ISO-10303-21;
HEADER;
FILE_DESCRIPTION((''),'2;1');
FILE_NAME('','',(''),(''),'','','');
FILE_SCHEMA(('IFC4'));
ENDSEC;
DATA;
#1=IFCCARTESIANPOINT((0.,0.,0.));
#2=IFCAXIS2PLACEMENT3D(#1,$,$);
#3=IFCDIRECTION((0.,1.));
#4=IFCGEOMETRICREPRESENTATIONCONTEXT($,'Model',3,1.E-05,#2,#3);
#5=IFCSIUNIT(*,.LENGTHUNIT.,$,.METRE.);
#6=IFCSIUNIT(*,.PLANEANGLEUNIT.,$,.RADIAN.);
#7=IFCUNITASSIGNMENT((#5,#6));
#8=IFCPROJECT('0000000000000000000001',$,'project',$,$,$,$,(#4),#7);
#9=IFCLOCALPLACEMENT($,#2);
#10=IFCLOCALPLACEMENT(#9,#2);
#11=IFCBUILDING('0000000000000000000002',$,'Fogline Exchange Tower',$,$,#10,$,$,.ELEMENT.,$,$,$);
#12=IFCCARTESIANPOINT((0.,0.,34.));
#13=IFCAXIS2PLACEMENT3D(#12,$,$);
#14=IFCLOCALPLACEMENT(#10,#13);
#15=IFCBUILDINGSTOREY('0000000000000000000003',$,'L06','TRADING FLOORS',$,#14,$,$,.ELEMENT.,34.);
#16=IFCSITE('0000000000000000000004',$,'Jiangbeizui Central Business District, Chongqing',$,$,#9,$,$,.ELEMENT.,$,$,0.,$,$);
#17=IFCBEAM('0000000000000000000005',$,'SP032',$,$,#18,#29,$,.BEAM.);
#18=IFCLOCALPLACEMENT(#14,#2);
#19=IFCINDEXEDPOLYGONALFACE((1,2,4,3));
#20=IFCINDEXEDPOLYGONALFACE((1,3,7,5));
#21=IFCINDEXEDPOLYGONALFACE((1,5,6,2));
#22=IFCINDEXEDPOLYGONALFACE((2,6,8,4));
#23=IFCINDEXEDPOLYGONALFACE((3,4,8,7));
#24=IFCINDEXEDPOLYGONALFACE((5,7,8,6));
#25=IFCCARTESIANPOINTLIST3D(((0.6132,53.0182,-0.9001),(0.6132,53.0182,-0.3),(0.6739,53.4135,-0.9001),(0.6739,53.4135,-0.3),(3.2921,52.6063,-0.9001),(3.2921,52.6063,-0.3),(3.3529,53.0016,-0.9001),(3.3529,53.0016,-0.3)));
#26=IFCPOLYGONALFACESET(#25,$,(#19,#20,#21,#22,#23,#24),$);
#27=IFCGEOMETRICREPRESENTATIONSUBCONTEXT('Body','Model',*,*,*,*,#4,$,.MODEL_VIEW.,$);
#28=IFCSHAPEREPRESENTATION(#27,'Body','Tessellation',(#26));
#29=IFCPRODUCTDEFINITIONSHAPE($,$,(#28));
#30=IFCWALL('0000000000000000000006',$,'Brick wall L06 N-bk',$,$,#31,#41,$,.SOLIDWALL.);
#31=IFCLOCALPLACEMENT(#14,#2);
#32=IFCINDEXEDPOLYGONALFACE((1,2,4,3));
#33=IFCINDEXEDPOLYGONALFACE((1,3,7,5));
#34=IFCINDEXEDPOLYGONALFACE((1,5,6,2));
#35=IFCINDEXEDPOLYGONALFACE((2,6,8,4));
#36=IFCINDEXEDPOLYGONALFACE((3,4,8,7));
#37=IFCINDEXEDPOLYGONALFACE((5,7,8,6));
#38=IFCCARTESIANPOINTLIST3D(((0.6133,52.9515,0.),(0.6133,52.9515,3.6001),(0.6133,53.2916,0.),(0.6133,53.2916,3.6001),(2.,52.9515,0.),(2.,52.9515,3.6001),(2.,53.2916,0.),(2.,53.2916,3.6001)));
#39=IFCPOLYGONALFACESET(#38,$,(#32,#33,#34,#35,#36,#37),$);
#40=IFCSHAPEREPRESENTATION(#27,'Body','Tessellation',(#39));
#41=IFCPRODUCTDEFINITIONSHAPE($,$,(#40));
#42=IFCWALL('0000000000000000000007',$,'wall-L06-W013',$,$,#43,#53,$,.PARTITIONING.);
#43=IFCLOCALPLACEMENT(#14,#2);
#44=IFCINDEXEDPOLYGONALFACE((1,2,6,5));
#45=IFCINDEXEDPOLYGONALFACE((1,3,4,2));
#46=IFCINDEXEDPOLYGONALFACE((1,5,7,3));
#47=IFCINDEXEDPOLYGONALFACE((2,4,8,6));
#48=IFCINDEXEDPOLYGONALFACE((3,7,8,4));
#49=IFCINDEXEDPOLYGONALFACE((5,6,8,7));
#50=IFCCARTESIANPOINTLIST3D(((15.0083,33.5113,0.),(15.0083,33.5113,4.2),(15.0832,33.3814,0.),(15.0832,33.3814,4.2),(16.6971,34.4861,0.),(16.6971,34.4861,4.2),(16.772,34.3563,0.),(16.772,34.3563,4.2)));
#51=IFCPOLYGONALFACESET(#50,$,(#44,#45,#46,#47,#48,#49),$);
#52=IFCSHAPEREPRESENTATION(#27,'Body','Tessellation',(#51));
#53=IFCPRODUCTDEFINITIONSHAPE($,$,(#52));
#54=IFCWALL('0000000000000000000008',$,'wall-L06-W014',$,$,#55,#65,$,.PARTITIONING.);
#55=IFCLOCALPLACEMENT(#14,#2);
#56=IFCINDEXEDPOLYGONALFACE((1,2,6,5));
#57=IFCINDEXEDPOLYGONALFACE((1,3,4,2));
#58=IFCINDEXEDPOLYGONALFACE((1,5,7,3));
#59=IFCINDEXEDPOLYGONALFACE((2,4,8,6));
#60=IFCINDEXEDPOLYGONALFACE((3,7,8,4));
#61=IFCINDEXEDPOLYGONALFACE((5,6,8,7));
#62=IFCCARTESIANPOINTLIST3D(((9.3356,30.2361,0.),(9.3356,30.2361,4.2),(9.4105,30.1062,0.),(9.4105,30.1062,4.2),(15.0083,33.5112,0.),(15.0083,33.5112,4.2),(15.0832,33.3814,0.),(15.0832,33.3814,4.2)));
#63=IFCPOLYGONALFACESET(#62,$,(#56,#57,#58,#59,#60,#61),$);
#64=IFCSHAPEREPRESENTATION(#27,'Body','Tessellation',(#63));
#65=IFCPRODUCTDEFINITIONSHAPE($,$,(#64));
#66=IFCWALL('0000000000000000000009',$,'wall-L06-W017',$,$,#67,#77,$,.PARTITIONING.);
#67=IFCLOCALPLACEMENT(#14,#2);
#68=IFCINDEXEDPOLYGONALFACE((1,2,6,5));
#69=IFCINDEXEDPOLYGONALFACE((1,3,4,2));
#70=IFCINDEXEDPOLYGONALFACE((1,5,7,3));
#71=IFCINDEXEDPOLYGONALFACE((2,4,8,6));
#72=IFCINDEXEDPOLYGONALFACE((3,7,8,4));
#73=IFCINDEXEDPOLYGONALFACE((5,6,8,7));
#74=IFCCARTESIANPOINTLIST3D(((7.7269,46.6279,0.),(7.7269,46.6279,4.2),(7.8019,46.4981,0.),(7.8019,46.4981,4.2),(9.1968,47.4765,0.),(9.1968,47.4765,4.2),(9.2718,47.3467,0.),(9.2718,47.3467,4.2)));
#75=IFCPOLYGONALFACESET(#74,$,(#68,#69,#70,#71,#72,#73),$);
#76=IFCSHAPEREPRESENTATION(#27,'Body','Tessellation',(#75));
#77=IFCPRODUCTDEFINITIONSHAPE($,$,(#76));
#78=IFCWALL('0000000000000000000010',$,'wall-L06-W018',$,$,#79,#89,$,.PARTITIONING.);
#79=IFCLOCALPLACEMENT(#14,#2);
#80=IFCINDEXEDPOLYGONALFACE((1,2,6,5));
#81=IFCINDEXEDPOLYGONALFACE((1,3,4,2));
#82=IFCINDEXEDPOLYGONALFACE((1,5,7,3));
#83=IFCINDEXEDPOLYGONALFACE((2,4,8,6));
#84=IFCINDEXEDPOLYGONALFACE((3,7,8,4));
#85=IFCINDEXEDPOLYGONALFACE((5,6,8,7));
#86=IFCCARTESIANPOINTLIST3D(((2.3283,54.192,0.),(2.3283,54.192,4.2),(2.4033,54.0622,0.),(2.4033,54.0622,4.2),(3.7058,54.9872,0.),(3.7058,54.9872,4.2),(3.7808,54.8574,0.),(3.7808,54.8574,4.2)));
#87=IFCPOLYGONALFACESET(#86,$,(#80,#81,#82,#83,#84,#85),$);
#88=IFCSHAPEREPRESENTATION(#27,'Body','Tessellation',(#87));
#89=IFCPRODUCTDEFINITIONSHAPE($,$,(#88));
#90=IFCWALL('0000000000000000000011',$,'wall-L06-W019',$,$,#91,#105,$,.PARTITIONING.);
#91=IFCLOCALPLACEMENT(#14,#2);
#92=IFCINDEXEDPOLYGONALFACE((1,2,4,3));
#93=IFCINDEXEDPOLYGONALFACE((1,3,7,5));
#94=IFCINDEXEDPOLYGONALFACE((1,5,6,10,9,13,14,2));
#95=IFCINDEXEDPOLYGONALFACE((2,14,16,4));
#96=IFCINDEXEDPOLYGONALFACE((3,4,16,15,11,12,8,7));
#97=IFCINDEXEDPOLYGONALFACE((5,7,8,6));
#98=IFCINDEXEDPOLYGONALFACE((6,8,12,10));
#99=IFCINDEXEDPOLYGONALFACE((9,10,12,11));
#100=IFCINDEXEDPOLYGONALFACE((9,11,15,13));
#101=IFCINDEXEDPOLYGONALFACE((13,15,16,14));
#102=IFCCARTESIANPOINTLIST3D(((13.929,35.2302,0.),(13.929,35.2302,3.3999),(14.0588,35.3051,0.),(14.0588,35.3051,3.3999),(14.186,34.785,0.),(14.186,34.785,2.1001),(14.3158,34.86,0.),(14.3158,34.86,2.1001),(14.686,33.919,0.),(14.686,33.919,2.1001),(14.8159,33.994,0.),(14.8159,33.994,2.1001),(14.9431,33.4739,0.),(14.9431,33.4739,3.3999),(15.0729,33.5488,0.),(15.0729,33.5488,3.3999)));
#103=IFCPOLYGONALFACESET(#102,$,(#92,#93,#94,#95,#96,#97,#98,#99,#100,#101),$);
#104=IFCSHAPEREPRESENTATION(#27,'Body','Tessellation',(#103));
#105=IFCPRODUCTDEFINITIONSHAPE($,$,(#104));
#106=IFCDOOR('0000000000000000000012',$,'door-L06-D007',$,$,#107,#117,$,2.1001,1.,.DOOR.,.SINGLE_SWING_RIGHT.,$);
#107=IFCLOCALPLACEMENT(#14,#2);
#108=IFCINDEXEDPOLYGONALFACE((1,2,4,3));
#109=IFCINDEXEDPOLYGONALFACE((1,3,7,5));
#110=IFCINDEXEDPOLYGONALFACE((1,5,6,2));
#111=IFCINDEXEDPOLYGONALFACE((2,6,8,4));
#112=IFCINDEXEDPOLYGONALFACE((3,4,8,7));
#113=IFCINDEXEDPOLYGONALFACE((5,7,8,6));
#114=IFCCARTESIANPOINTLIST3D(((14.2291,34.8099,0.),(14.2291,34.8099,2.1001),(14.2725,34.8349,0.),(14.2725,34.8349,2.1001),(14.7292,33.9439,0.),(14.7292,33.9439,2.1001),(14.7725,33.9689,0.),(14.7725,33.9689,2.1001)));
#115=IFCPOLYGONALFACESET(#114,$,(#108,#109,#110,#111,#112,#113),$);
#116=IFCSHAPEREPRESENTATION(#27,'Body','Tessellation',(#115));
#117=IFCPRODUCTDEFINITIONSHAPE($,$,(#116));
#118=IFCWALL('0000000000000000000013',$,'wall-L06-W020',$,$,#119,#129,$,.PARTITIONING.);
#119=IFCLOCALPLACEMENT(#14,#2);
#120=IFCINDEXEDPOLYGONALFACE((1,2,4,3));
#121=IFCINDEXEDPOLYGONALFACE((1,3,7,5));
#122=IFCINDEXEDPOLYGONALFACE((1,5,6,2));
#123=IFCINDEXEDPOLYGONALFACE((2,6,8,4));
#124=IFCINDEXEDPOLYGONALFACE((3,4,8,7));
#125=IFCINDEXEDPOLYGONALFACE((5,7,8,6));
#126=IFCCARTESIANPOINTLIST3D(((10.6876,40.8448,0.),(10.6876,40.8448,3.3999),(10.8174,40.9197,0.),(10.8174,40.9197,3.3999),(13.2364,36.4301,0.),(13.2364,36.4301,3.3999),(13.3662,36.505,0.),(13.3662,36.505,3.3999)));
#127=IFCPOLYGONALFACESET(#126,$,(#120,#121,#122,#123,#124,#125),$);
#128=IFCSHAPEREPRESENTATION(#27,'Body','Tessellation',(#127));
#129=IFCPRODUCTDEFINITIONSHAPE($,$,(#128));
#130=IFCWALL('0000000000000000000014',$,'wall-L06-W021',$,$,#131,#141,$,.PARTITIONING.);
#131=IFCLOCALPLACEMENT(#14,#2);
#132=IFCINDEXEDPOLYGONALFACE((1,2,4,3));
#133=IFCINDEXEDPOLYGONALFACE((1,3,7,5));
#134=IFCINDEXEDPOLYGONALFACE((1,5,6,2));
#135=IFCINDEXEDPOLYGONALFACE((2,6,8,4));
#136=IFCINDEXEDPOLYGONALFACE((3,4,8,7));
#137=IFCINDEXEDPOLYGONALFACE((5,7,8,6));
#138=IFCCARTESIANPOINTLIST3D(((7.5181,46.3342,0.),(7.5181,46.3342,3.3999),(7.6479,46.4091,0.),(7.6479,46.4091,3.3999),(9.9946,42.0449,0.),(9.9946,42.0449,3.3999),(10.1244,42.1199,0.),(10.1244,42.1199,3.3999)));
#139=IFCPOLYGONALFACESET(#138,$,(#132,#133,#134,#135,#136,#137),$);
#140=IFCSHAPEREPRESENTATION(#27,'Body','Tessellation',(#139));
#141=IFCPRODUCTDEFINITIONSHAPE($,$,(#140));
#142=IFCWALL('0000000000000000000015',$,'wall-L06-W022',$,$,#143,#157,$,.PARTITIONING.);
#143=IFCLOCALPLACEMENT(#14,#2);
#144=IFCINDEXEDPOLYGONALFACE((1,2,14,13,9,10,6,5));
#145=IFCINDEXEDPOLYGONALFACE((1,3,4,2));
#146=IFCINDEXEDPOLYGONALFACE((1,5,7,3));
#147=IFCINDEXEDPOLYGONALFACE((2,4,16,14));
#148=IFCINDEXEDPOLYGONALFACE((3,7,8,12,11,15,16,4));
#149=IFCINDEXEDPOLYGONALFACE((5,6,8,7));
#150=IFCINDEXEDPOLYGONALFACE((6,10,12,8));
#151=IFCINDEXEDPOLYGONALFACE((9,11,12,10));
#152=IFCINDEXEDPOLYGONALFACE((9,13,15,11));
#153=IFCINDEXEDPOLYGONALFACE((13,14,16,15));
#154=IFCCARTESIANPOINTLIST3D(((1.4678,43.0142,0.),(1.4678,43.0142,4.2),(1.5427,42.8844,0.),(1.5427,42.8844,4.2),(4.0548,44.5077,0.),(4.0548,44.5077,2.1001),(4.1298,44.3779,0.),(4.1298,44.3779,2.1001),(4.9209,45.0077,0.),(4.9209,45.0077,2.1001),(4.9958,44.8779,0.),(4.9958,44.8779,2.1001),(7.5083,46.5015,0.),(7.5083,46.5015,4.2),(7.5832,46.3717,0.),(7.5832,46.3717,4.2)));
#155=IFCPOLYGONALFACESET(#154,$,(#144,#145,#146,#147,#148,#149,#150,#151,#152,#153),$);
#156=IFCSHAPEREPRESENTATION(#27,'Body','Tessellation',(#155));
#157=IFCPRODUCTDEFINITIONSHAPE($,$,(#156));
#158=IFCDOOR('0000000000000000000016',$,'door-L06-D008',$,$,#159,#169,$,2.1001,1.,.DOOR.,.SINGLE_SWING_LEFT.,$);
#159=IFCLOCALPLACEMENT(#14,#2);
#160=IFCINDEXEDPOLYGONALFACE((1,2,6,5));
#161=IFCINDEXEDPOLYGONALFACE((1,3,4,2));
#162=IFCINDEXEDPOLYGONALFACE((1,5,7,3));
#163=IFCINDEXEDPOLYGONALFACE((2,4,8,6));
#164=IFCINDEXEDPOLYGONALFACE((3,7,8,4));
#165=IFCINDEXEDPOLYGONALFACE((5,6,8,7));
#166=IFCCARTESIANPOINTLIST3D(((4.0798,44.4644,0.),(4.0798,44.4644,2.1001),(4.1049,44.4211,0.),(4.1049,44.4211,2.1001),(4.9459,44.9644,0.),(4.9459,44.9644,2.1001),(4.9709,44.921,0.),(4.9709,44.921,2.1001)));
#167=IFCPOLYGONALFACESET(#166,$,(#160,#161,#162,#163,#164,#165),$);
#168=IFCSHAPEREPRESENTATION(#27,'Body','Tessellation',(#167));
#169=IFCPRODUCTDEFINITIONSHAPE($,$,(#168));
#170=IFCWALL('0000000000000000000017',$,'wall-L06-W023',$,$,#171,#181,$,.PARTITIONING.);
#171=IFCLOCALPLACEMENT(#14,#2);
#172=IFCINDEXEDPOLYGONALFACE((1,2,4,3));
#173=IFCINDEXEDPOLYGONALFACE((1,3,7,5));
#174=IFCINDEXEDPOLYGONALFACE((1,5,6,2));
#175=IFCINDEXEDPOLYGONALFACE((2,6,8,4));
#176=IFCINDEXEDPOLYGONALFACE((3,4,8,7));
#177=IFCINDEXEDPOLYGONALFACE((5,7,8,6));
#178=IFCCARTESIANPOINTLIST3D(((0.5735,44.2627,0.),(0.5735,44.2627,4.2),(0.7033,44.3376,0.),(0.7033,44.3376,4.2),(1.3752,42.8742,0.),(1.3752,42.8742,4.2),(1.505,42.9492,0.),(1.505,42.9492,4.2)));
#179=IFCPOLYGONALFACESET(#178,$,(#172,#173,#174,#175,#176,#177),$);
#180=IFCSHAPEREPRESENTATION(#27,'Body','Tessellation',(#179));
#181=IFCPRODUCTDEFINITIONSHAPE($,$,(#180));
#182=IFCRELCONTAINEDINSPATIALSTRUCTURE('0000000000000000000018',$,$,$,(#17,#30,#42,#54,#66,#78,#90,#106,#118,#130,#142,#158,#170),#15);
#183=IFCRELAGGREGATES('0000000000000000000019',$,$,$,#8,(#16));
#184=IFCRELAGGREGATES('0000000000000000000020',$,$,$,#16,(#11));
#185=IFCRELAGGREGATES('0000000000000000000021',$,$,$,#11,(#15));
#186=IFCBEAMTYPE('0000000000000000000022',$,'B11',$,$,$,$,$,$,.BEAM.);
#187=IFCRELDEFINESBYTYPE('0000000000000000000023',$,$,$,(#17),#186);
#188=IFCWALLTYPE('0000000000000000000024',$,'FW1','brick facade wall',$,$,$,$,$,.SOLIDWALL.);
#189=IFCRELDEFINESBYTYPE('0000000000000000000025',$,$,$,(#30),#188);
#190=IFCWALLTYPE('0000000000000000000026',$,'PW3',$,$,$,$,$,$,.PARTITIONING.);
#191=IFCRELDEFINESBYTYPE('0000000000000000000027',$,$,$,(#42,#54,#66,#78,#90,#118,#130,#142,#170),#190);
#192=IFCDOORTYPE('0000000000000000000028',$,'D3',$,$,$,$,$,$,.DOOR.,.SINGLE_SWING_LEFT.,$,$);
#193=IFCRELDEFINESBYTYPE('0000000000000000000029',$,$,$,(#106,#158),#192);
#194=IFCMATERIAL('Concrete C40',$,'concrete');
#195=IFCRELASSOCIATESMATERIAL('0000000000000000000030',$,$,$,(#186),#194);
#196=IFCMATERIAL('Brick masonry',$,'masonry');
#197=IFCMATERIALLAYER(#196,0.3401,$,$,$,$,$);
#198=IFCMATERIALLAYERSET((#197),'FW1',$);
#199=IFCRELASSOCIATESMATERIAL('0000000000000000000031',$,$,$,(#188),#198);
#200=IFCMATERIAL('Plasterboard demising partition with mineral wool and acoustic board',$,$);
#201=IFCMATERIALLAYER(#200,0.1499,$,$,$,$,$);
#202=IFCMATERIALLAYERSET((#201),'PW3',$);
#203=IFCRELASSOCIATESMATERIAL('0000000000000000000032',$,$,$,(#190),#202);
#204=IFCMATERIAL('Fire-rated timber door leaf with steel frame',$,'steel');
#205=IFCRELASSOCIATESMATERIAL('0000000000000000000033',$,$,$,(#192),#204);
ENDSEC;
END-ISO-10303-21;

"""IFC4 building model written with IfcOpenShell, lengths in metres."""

from ifc_helpers import new_model, si_unit, direction, frame, frame_2d, origin, origin_2d, place, context, subcontext, project, spatial, rectangle, extrude, material, layer, layer_set, material_profile, profile_set, type_object, element, fill, save


model = new_model("IFC4")

# Units and contexts
model_context = context("Model", 3, precision=1e-05, world=origin(), true_north=direction((0.0, 1.0)))
body_context = subcontext(model_context, "Body", "Model", "MODEL_VIEW")
ifc_project = project(units=[si_unit("LENGTHUNIT", "METRE"), si_unit("PLANEANGLEUNIT", "RADIAN")], contexts=[model_context])

# Site, building, storey
site_placement = place(None, origin())
site = spatial("IfcSite", under=ifc_project, at=site_placement, Name="Jiangbeizui Central Business District, Chongqing", CompositionType="ELEMENT", RefElevation=0.0)
building_placement = place(site_placement, origin())
building = spatial("IfcBuilding", under=site, at=building_placement, Name="Fogline Exchange Tower", CompositionType="ELEMENT")
storey_placement = place(building_placement, frame((0.0, 0.0, 34.0)))
storey = spatial("IfcBuildingStorey", under=building, at=storey_placement, Name="L06", Description="TRADING FLOORS", CompositionType="ELEMENT", Elevation=34.0)

# Beam
ifc_material_1 = material(Name="Concrete C40", Category="concrete")
ifc_material_profile_1 = material_profile(ifc_material_1, rectangle(XDim=0.3999, YDim=0.6001, at=origin_2d()), Name="RC 400x600")
ifc_profile_set_1 = profile_set([ifc_material_profile_1], Name="Concrete C40")
beam_type_1 = type_object("IfcBeamType", Name="B11", PredefinedType="BEAM", material=ifc_profile_set_1)
beam_1_placement = place(storey_placement, frame((3.3225, 52.804, -0.6001), z_axis=(-0.988387, 0.151956, 0.0), x_axis=(-0.151956, -0.988387, 0.0)))
element("IfcBeam", 1, at=beam_1_placement, inside=storey, type_object=beam_type_1, Name="SP032", PredefinedType="BEAM", context=body_context, shape_type="SweptSolid", body=[
    extrude(rectangle(XDim=0.3999, YDim=0.6001, at=origin_2d()), origin(), (0.0, 0.0, 1.0), 2.7104),
])

# Wall
ifc_material_2 = material(Name="Brick masonry", Category="masonry")
ifc_layer_1 = layer(ifc_material_2, 0.3401)
ifc_layer_set_1 = layer_set([ifc_layer_1], Name="FW1")
wall_type_1 = type_object("IfcWallType", Name="FW1", Description="brick facade wall", PredefinedType="SOLIDWALL", material=ifc_layer_set_1)
wall_1_placement = place(storey_placement, frame((2.0, 53.1216, 0.0), z_axis=(0.0, 0.0, 1.0), x_axis=(-1.0, 0.0, 0.0)))
element("IfcWall", 2, at=wall_1_placement, inside=storey, type_object=wall_type_1, Name="Brick wall L06 N-bk", PredefinedType="SOLIDWALL", context=body_context, shape_type="SweptSolid", body=[
    extrude(rectangle(XDim=1.3867, YDim=0.3401, at=frame_2d((0.6934, 0.0))), origin(), (0.0, 0.0, 1.0), 3.6001),
])

# Walls
ifc_material_3 = material(Name="Plasterboard demising partition with mineral wool and acoustic board")
ifc_layer_2 = layer(ifc_material_3, 0.1499)
ifc_layer_set_2 = layer_set([ifc_layer_2], Name="PW3")
wall_type_2 = type_object("IfcWallType", Name="PW3", PredefinedType="PARTITIONING", material=ifc_layer_set_2)
wall_2_placement = place(storey_placement, frame((15.0457, 33.4463, 0.0), z_axis=(0.0, 0.0, 1.0), x_axis=(0.866054, 0.49995, 0.0)))
element("IfcWall", 3, at=wall_2_placement, inside=storey, type_object=wall_type_2, Name="wall-L06-W013", PredefinedType="PARTITIONING", context=body_context, shape_type="SweptSolid", body=[
    extrude(rectangle(XDim=1.95, YDim=0.1499, at=frame_2d((0.9751, 0.0))), origin(), (0.0, 0.0, 1.0), 4.2),
])
wall_3_placement = place(storey_placement, frame((9.373, 30.1711, 0.0), z_axis=(0.0, 0.0, 1.0), x_axis=(0.866021, 0.500007, 0.0)))
element("IfcWall", 4, at=wall_3_placement, inside=storey, type_object=wall_type_2, Name="wall-L06-W014", PredefinedType="PARTITIONING", context=body_context, shape_type="SweptSolid", body=[
    extrude(rectangle(XDim=6.5503, YDim=0.1499, at=frame_2d((3.2751, 0.0))), origin(), (0.0, 0.0, 1.0), 4.2),
])
wall_4_placement = place(storey_placement, frame((7.7644, 46.563, 0.0), z_axis=(0.0, 0.0, 1.0), x_axis=(0.866039, 0.499976, 0.0)))
element("IfcWall", 5, at=wall_4_placement, inside=storey, type_object=wall_type_2, Name="wall-L06-W017", PredefinedType="PARTITIONING", context=body_context, shape_type="SweptSolid", body=[
    extrude(rectangle(XDim=1.6973, YDim=0.1499, at=frame_2d((0.8486, 0.0))), origin(), (0.0, 0.0, 1.0), 4.2),
])
wall_5_placement = place(storey_placement, frame((3.7434, 54.9224, 0.0), z_axis=(0.0, 0.0, 1.0), x_axis=(-0.866053, -0.499953, 0.0)))
element("IfcWall", 6, at=wall_5_placement, inside=storey, type_object=wall_type_2, Name="wall-L06-W018", PredefinedType="PARTITIONING", context=body_context, shape_type="SweptSolid", body=[
    extrude(rectangle(XDim=1.5906, YDim=0.1499, at=frame_2d((0.7954, 0.0))), origin(), (0.0, 0.0, 1.0), 4.2),
])

# Wall, opening, door
wall_6_placement = place(storey_placement, frame((15.0081, 33.5112, 0.0), z_axis=(0.0, 0.0, 1.0), x_axis=(-0.500049, 0.865997, 0.0)))
wall_6 = element("IfcWall", 7, at=wall_6_placement, inside=storey, type_object=wall_type_2, Name="wall-L06-W019", PredefinedType="PARTITIONING", context=body_context, shape_type="SweptSolid", body=[
    extrude(rectangle(XDim=2.0281, YDim=0.1499, at=frame_2d((1.0142, 0.0))), origin(), (0.0, 0.0, 1.0), 3.3999),
])
opening_1_placement = place(wall_6_placement, frame((0.5142, 0.0, 0.0)))
opening_1 = element("IfcOpeningElement", 8, at=opening_1_placement, cuts=wall_6, PredefinedType="OPENING", context=body_context, shape_type="SweptSolid", body=[
    extrude(rectangle(XDim=1.0, YDim=2.1001, at=frame_2d((0.5, 1.05))), frame((0.0, 0.085, 0.0), z_axis=(0.0, -1.0, 0.0), x_axis=(1.0, 0.0, 0.0)), (0.0, 0.0, 1.0), 0.1699),
])
ifc_material_4 = material(Name="Fire-rated timber door leaf with steel frame", Category="steel")
door_type_1 = type_object("IfcDoorType", Name="D3", OperationType="SINGLE_SWING_LEFT", PredefinedType="DOOR", material=ifc_material_4)
door_1_placement = place(opening_1_placement, frame((1.0, 0.0, 0.0), z_axis=(0.0, 0.0, 1.0), x_axis=(-1.0, 0.0, 0.0)))
door_1 = element("IfcDoor", 9, at=door_1_placement, inside=storey, type_object=door_type_1, Name="door-L06-D007", OperationType="SINGLE_SWING_RIGHT", OverallHeight=2.1001, OverallWidth=1.0, PredefinedType="DOOR", context=body_context, shape_type="SweptSolid", body=[
    extrude(rectangle(XDim=1.0, YDim=2.1001, at=frame_2d((0.5, 1.05))), frame((0.0, 0.0249, 0.0), z_axis=(0.0, -1.0, 0.0), x_axis=(1.0, 0.0, 0.0)), (0.0, 0.0, 1.0), 0.05),
])
fill(opening_1, door_1)

# Walls
wall_7_placement = place(storey_placement, frame((13.3013, 36.4675, 0.0), z_axis=(0.0, 0.0, 1.0), x_axis=(-0.499992, 0.86603, 0.0)))
element("IfcWall", 10, at=wall_7_placement, inside=storey, type_object=wall_type_2, Name="wall-L06-W020", PredefinedType="PARTITIONING", context=body_context, shape_type="SweptSolid", body=[
    extrude(rectangle(XDim=5.0977, YDim=0.1499, at=frame_2d((2.5488, 0.0))), origin(), (0.0, 0.0, 1.0), 3.3999),
])
wall_8_placement = place(storey_placement, frame((10.0596, 42.0823, 0.0), z_axis=(0.0, 0.0, 1.0), x_axis=(-0.50002, 0.866014, 0.0)))
element("IfcWall", 11, at=wall_8_placement, inside=storey, type_object=wall_type_2, Name="wall-L06-W021", PredefinedType="PARTITIONING", context=body_context, shape_type="SweptSolid", body=[
    extrude(rectangle(XDim=4.9529, YDim=0.1499, at=frame_2d((2.4766, 0.0))), origin(), (0.0, 0.0, 1.0), 3.3999),
])

# Wall, opening, door
wall_9_placement = place(storey_placement, frame((7.5457, 46.4365, 0.0), z_axis=(0.0, 0.0, 1.0), x_axis=(-0.866038, -0.499979, 0.0)))
wall_9 = element("IfcWall", 12, at=wall_9_placement, inside=storey, type_object=wall_type_2, Name="wall-L06-W022", PredefinedType="PARTITIONING", context=body_context, shape_type="SweptSolid", body=[
    extrude(rectangle(XDim=6.9749, YDim=0.1499, at=frame_2d((3.4873, 0.0))), origin(), (0.0, 0.0, 1.0), 4.2),
])
opening_2_placement = place(wall_9_placement, frame((2.9875, 0.0, 0.0)))
opening_2 = element("IfcOpeningElement", 13, at=opening_2_placement, cuts=wall_9, PredefinedType="OPENING", context=body_context, shape_type="SweptSolid", body=[
    extrude(rectangle(XDim=1.0, YDim=2.1001, at=frame_2d((0.5, 1.05))), frame((0.0, 0.085, 0.0), z_axis=(0.0, -1.0, 0.0), x_axis=(1.0, 0.0, 0.0)), (0.0, 0.0, 1.0), 0.1699),
])
door_2_placement = place(opening_2_placement, frame((1.0, 0.0, 0.0), z_axis=(0.0, 0.0, 1.0), x_axis=(-1.0, 0.0, 0.0)))
door_2 = element("IfcDoor", 14, at=door_2_placement, inside=storey, type_object=door_type_1, Name="door-L06-D008", OperationType="SINGLE_SWING_LEFT", OverallHeight=2.1001, OverallWidth=1.0, PredefinedType="DOOR", context=body_context, shape_type="SweptSolid", body=[
    extrude(rectangle(XDim=1.0, YDim=2.1001, at=frame_2d((0.5, 1.05))), frame((0.0, 0.0249, 0.0), z_axis=(0.0, -1.0, 0.0), x_axis=(1.0, 0.0, 0.0)), (0.0, 0.0, 1.0), 0.05),
])
fill(opening_2, door_2)

# Wall
wall_10_placement = place(storey_placement, frame((1.4402, 42.9116, 0.0), z_axis=(0.0, 0.0, 1.0), x_axis=(-0.50007, 0.865985, 0.0)))
element("IfcWall", 15, at=wall_10_placement, inside=storey, type_object=wall_type_2, Name="wall-L06-W023", PredefinedType="PARTITIONING", context=body_context, shape_type="SweptSolid", body=[
    extrude(rectangle(XDim=1.6033, YDim=0.1499, at=frame_2d((0.8018, 0.0))), origin(), (0.0, 0.0, 1.0), 4.2),
])

save(model, "model.ifc")
